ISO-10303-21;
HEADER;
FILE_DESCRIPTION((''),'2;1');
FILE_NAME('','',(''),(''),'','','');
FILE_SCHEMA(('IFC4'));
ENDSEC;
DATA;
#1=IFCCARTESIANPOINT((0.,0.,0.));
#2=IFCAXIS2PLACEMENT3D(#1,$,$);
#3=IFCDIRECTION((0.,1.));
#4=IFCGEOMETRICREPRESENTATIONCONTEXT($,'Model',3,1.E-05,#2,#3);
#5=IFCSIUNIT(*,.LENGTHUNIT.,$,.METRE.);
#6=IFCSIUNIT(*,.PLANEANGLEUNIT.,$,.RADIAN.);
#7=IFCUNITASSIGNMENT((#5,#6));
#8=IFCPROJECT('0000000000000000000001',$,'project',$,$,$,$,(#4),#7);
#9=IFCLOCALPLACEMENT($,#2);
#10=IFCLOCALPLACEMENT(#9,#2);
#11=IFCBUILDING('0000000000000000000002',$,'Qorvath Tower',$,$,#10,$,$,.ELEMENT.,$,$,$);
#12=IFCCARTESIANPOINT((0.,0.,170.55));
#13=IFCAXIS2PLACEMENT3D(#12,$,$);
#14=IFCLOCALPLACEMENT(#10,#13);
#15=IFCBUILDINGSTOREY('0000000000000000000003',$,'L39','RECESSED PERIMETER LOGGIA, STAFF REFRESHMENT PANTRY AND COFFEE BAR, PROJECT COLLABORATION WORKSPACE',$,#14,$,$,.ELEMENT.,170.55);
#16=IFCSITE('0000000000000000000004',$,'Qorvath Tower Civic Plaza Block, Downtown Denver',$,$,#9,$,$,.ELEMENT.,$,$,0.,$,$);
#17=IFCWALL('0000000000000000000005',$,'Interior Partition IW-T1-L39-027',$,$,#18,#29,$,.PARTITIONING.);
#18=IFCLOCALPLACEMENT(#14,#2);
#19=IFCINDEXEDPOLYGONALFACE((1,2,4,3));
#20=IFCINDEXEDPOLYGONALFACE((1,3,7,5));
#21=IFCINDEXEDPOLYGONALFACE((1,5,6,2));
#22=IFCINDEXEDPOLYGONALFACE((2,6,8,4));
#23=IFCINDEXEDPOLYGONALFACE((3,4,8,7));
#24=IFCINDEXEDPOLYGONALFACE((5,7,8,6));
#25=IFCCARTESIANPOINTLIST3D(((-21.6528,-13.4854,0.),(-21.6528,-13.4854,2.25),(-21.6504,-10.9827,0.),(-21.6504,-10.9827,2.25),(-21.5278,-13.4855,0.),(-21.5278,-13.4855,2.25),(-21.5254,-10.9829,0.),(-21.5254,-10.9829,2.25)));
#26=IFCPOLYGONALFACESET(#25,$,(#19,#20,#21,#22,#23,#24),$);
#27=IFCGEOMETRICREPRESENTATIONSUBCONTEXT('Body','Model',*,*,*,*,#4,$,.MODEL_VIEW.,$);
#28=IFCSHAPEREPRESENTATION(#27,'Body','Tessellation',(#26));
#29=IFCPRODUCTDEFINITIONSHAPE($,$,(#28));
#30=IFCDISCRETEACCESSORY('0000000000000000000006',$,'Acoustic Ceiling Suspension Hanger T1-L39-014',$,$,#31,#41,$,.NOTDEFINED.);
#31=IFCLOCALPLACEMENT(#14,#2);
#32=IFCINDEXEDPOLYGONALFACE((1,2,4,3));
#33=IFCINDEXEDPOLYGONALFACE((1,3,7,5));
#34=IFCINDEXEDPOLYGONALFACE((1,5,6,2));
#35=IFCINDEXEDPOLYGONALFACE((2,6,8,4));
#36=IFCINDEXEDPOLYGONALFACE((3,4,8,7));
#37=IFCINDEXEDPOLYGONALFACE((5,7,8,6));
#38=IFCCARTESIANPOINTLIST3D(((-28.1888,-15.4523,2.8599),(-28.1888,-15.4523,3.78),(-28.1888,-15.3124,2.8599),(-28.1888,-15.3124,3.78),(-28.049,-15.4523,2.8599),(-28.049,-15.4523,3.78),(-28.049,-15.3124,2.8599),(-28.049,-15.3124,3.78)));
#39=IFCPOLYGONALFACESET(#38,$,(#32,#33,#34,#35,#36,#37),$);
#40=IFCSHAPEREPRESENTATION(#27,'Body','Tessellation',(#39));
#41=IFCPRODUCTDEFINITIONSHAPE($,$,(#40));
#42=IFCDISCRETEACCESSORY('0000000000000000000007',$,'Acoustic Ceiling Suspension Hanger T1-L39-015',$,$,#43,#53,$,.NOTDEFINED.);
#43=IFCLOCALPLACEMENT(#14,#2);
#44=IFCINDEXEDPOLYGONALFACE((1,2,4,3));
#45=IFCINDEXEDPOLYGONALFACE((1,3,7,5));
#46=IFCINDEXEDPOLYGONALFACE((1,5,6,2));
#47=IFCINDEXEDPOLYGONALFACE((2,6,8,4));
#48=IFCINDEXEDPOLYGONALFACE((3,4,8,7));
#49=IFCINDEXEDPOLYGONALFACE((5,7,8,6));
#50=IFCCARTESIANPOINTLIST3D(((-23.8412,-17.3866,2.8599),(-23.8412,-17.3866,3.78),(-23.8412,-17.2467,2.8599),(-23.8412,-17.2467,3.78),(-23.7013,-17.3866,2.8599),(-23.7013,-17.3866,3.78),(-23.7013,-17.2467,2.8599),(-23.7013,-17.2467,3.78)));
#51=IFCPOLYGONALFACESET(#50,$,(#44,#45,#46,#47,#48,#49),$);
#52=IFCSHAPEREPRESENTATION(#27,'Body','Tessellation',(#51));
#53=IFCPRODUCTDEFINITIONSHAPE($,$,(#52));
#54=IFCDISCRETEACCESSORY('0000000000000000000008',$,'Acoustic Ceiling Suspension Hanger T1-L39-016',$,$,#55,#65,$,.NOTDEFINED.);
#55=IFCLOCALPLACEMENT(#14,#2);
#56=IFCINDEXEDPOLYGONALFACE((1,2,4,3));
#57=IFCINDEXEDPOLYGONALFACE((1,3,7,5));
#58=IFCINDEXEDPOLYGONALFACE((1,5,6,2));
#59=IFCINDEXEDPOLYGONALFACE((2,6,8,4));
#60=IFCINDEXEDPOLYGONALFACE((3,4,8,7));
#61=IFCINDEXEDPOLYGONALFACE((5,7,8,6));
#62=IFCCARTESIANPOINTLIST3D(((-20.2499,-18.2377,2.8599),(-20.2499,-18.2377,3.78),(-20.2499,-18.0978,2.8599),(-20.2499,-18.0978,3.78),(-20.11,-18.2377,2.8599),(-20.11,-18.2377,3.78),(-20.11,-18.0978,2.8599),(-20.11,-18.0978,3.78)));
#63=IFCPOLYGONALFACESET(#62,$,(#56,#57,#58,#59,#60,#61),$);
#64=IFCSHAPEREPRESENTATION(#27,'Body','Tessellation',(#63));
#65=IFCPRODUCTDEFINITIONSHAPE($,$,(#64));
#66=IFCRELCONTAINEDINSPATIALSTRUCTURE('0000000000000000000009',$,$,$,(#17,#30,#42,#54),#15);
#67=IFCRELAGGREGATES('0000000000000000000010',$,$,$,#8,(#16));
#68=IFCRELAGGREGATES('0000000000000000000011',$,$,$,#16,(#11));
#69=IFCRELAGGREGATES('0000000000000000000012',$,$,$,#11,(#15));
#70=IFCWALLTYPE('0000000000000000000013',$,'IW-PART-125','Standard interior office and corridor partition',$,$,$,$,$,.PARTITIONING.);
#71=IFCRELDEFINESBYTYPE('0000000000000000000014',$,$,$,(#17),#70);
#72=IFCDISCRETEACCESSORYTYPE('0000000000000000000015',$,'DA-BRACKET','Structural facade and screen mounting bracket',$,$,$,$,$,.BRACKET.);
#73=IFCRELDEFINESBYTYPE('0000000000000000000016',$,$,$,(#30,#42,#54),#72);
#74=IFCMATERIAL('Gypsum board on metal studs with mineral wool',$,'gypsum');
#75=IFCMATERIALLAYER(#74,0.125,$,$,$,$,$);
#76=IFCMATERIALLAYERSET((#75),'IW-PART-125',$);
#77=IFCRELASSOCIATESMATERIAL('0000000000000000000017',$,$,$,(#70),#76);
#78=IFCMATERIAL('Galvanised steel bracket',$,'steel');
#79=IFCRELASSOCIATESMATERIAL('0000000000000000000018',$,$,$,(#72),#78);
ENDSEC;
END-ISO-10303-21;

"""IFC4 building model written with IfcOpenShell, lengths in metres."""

from ifc_helpers import new_model, si_unit, direction, frame, frame_2d, origin, origin_2d, place, context, subcontext, project, spatial, rectangle, extrude, material, layer, layer_set, type_object, element, save


model = new_model("IFC4")

# Units and contexts
model_context = context("Model", 3, precision=1e-05, world=origin(), true_north=direction((0.0, 1.0)))
body_context = subcontext(model_context, "Body", "Model", "MODEL_VIEW")
ifc_project = project(units=[si_unit("LENGTHUNIT", "METRE"), si_unit("PLANEANGLEUNIT", "RADIAN")], contexts=[model_context])

# Site, building, storey
site_placement = place(None, origin())
site = spatial("IfcSite", under=ifc_project, at=site_placement, Name="Qorvath Tower Civic Plaza Block, Downtown Denver", CompositionType="ELEMENT", RefElevation=0.0)
building_placement = place(site_placement, origin())
building = spatial("IfcBuilding", under=site, at=building_placement, Name="Qorvath Tower", CompositionType="ELEMENT")
storey_placement = place(building_placement, frame((0.0, 0.0, 170.55)))
storey = spatial("IfcBuildingStorey", under=building, at=storey_placement, Name="L39", Description="RECESSED PERIMETER LOGGIA, STAFF REFRESHMENT PANTRY AND COFFEE BAR, PROJECT COLLABORATION WORKSPACE", CompositionType="ELEMENT", Elevation=170.55)

# Wall
ifc_material_1 = material(Name="Gypsum board on metal studs with mineral wool", Category="gypsum")
ifc_layer_1 = layer(ifc_material_1, 0.125)
ifc_layer_set_1 = layer_set([ifc_layer_1], Name="IW-PART-125")
wall_type_1 = type_object("IfcWallType", Name="IW-PART-125", Description="Standard interior office and corridor partition", PredefinedType="PARTITIONING", material=ifc_layer_set_1)
wall_1_placement = place(storey_placement, frame((-21.5903, -13.4856, 0.0), z_axis=(0.0, 0.0, 1.0), x_axis=(0.000976, 1.0, 0.0)))
element("IfcWall", 1, at=wall_1_placement, inside=storey, type_object=wall_type_1, Name="Interior Partition IW-T1-L39-027", PredefinedType="PARTITIONING", context=body_context, shape_type="SweptSolid", body=[
    extrude(rectangle(XDim=2.5027, YDim=0.125, at=frame_2d((1.2515, 0.0))), origin(), (0.0, 0.0, 1.0), 2.25),
])

# Discrete accessories
ifc_material_2 = material(Name="Galvanised steel bracket", Category="steel")
discrete_accessory_type = type_object("IfcDiscreteAccessoryType", Name="DA-BRACKET", Description="Structural facade and screen mounting bracket", PredefinedType="BRACKET", material=ifc_material_2)
for number, where, z_axis, x_axis, name in (
    (2, (-28.1189, -15.3823, 2.8599), (0.0, 0.0, 1.0), (1.0, 0.0, 0.0), "Acoustic Ceiling Suspension Hanger T1-L39-014"),
    (3, (-23.7712, -17.3167, 2.8599), (0.0, 0.0, 1.0), (1.0, 0.0, 0.0), "Acoustic Ceiling Suspension Hanger T1-L39-015"),
    (4, (-20.1799, -18.1677, 2.8599), (0.0, 0.0, 1.0), (1.0, 0.0, 0.0), "Acoustic Ceiling Suspension Hanger T1-L39-016"),
):
    element("IfcDiscreteAccessory", number, at=place(storey_placement, frame(where, z_axis=z_axis, x_axis=x_axis)), inside=storey, type_object=discrete_accessory_type, Name=name, PredefinedType="NOTDEFINED", context=body_context, shape_type="SweptSolid", body=[
        extrude(rectangle(XDim=0.1399, YDim=0.1399, at=origin_2d()), origin(), (0.0, 0.0, 1.0), 0.9202),
    ])

save(model, "model.ifc")
